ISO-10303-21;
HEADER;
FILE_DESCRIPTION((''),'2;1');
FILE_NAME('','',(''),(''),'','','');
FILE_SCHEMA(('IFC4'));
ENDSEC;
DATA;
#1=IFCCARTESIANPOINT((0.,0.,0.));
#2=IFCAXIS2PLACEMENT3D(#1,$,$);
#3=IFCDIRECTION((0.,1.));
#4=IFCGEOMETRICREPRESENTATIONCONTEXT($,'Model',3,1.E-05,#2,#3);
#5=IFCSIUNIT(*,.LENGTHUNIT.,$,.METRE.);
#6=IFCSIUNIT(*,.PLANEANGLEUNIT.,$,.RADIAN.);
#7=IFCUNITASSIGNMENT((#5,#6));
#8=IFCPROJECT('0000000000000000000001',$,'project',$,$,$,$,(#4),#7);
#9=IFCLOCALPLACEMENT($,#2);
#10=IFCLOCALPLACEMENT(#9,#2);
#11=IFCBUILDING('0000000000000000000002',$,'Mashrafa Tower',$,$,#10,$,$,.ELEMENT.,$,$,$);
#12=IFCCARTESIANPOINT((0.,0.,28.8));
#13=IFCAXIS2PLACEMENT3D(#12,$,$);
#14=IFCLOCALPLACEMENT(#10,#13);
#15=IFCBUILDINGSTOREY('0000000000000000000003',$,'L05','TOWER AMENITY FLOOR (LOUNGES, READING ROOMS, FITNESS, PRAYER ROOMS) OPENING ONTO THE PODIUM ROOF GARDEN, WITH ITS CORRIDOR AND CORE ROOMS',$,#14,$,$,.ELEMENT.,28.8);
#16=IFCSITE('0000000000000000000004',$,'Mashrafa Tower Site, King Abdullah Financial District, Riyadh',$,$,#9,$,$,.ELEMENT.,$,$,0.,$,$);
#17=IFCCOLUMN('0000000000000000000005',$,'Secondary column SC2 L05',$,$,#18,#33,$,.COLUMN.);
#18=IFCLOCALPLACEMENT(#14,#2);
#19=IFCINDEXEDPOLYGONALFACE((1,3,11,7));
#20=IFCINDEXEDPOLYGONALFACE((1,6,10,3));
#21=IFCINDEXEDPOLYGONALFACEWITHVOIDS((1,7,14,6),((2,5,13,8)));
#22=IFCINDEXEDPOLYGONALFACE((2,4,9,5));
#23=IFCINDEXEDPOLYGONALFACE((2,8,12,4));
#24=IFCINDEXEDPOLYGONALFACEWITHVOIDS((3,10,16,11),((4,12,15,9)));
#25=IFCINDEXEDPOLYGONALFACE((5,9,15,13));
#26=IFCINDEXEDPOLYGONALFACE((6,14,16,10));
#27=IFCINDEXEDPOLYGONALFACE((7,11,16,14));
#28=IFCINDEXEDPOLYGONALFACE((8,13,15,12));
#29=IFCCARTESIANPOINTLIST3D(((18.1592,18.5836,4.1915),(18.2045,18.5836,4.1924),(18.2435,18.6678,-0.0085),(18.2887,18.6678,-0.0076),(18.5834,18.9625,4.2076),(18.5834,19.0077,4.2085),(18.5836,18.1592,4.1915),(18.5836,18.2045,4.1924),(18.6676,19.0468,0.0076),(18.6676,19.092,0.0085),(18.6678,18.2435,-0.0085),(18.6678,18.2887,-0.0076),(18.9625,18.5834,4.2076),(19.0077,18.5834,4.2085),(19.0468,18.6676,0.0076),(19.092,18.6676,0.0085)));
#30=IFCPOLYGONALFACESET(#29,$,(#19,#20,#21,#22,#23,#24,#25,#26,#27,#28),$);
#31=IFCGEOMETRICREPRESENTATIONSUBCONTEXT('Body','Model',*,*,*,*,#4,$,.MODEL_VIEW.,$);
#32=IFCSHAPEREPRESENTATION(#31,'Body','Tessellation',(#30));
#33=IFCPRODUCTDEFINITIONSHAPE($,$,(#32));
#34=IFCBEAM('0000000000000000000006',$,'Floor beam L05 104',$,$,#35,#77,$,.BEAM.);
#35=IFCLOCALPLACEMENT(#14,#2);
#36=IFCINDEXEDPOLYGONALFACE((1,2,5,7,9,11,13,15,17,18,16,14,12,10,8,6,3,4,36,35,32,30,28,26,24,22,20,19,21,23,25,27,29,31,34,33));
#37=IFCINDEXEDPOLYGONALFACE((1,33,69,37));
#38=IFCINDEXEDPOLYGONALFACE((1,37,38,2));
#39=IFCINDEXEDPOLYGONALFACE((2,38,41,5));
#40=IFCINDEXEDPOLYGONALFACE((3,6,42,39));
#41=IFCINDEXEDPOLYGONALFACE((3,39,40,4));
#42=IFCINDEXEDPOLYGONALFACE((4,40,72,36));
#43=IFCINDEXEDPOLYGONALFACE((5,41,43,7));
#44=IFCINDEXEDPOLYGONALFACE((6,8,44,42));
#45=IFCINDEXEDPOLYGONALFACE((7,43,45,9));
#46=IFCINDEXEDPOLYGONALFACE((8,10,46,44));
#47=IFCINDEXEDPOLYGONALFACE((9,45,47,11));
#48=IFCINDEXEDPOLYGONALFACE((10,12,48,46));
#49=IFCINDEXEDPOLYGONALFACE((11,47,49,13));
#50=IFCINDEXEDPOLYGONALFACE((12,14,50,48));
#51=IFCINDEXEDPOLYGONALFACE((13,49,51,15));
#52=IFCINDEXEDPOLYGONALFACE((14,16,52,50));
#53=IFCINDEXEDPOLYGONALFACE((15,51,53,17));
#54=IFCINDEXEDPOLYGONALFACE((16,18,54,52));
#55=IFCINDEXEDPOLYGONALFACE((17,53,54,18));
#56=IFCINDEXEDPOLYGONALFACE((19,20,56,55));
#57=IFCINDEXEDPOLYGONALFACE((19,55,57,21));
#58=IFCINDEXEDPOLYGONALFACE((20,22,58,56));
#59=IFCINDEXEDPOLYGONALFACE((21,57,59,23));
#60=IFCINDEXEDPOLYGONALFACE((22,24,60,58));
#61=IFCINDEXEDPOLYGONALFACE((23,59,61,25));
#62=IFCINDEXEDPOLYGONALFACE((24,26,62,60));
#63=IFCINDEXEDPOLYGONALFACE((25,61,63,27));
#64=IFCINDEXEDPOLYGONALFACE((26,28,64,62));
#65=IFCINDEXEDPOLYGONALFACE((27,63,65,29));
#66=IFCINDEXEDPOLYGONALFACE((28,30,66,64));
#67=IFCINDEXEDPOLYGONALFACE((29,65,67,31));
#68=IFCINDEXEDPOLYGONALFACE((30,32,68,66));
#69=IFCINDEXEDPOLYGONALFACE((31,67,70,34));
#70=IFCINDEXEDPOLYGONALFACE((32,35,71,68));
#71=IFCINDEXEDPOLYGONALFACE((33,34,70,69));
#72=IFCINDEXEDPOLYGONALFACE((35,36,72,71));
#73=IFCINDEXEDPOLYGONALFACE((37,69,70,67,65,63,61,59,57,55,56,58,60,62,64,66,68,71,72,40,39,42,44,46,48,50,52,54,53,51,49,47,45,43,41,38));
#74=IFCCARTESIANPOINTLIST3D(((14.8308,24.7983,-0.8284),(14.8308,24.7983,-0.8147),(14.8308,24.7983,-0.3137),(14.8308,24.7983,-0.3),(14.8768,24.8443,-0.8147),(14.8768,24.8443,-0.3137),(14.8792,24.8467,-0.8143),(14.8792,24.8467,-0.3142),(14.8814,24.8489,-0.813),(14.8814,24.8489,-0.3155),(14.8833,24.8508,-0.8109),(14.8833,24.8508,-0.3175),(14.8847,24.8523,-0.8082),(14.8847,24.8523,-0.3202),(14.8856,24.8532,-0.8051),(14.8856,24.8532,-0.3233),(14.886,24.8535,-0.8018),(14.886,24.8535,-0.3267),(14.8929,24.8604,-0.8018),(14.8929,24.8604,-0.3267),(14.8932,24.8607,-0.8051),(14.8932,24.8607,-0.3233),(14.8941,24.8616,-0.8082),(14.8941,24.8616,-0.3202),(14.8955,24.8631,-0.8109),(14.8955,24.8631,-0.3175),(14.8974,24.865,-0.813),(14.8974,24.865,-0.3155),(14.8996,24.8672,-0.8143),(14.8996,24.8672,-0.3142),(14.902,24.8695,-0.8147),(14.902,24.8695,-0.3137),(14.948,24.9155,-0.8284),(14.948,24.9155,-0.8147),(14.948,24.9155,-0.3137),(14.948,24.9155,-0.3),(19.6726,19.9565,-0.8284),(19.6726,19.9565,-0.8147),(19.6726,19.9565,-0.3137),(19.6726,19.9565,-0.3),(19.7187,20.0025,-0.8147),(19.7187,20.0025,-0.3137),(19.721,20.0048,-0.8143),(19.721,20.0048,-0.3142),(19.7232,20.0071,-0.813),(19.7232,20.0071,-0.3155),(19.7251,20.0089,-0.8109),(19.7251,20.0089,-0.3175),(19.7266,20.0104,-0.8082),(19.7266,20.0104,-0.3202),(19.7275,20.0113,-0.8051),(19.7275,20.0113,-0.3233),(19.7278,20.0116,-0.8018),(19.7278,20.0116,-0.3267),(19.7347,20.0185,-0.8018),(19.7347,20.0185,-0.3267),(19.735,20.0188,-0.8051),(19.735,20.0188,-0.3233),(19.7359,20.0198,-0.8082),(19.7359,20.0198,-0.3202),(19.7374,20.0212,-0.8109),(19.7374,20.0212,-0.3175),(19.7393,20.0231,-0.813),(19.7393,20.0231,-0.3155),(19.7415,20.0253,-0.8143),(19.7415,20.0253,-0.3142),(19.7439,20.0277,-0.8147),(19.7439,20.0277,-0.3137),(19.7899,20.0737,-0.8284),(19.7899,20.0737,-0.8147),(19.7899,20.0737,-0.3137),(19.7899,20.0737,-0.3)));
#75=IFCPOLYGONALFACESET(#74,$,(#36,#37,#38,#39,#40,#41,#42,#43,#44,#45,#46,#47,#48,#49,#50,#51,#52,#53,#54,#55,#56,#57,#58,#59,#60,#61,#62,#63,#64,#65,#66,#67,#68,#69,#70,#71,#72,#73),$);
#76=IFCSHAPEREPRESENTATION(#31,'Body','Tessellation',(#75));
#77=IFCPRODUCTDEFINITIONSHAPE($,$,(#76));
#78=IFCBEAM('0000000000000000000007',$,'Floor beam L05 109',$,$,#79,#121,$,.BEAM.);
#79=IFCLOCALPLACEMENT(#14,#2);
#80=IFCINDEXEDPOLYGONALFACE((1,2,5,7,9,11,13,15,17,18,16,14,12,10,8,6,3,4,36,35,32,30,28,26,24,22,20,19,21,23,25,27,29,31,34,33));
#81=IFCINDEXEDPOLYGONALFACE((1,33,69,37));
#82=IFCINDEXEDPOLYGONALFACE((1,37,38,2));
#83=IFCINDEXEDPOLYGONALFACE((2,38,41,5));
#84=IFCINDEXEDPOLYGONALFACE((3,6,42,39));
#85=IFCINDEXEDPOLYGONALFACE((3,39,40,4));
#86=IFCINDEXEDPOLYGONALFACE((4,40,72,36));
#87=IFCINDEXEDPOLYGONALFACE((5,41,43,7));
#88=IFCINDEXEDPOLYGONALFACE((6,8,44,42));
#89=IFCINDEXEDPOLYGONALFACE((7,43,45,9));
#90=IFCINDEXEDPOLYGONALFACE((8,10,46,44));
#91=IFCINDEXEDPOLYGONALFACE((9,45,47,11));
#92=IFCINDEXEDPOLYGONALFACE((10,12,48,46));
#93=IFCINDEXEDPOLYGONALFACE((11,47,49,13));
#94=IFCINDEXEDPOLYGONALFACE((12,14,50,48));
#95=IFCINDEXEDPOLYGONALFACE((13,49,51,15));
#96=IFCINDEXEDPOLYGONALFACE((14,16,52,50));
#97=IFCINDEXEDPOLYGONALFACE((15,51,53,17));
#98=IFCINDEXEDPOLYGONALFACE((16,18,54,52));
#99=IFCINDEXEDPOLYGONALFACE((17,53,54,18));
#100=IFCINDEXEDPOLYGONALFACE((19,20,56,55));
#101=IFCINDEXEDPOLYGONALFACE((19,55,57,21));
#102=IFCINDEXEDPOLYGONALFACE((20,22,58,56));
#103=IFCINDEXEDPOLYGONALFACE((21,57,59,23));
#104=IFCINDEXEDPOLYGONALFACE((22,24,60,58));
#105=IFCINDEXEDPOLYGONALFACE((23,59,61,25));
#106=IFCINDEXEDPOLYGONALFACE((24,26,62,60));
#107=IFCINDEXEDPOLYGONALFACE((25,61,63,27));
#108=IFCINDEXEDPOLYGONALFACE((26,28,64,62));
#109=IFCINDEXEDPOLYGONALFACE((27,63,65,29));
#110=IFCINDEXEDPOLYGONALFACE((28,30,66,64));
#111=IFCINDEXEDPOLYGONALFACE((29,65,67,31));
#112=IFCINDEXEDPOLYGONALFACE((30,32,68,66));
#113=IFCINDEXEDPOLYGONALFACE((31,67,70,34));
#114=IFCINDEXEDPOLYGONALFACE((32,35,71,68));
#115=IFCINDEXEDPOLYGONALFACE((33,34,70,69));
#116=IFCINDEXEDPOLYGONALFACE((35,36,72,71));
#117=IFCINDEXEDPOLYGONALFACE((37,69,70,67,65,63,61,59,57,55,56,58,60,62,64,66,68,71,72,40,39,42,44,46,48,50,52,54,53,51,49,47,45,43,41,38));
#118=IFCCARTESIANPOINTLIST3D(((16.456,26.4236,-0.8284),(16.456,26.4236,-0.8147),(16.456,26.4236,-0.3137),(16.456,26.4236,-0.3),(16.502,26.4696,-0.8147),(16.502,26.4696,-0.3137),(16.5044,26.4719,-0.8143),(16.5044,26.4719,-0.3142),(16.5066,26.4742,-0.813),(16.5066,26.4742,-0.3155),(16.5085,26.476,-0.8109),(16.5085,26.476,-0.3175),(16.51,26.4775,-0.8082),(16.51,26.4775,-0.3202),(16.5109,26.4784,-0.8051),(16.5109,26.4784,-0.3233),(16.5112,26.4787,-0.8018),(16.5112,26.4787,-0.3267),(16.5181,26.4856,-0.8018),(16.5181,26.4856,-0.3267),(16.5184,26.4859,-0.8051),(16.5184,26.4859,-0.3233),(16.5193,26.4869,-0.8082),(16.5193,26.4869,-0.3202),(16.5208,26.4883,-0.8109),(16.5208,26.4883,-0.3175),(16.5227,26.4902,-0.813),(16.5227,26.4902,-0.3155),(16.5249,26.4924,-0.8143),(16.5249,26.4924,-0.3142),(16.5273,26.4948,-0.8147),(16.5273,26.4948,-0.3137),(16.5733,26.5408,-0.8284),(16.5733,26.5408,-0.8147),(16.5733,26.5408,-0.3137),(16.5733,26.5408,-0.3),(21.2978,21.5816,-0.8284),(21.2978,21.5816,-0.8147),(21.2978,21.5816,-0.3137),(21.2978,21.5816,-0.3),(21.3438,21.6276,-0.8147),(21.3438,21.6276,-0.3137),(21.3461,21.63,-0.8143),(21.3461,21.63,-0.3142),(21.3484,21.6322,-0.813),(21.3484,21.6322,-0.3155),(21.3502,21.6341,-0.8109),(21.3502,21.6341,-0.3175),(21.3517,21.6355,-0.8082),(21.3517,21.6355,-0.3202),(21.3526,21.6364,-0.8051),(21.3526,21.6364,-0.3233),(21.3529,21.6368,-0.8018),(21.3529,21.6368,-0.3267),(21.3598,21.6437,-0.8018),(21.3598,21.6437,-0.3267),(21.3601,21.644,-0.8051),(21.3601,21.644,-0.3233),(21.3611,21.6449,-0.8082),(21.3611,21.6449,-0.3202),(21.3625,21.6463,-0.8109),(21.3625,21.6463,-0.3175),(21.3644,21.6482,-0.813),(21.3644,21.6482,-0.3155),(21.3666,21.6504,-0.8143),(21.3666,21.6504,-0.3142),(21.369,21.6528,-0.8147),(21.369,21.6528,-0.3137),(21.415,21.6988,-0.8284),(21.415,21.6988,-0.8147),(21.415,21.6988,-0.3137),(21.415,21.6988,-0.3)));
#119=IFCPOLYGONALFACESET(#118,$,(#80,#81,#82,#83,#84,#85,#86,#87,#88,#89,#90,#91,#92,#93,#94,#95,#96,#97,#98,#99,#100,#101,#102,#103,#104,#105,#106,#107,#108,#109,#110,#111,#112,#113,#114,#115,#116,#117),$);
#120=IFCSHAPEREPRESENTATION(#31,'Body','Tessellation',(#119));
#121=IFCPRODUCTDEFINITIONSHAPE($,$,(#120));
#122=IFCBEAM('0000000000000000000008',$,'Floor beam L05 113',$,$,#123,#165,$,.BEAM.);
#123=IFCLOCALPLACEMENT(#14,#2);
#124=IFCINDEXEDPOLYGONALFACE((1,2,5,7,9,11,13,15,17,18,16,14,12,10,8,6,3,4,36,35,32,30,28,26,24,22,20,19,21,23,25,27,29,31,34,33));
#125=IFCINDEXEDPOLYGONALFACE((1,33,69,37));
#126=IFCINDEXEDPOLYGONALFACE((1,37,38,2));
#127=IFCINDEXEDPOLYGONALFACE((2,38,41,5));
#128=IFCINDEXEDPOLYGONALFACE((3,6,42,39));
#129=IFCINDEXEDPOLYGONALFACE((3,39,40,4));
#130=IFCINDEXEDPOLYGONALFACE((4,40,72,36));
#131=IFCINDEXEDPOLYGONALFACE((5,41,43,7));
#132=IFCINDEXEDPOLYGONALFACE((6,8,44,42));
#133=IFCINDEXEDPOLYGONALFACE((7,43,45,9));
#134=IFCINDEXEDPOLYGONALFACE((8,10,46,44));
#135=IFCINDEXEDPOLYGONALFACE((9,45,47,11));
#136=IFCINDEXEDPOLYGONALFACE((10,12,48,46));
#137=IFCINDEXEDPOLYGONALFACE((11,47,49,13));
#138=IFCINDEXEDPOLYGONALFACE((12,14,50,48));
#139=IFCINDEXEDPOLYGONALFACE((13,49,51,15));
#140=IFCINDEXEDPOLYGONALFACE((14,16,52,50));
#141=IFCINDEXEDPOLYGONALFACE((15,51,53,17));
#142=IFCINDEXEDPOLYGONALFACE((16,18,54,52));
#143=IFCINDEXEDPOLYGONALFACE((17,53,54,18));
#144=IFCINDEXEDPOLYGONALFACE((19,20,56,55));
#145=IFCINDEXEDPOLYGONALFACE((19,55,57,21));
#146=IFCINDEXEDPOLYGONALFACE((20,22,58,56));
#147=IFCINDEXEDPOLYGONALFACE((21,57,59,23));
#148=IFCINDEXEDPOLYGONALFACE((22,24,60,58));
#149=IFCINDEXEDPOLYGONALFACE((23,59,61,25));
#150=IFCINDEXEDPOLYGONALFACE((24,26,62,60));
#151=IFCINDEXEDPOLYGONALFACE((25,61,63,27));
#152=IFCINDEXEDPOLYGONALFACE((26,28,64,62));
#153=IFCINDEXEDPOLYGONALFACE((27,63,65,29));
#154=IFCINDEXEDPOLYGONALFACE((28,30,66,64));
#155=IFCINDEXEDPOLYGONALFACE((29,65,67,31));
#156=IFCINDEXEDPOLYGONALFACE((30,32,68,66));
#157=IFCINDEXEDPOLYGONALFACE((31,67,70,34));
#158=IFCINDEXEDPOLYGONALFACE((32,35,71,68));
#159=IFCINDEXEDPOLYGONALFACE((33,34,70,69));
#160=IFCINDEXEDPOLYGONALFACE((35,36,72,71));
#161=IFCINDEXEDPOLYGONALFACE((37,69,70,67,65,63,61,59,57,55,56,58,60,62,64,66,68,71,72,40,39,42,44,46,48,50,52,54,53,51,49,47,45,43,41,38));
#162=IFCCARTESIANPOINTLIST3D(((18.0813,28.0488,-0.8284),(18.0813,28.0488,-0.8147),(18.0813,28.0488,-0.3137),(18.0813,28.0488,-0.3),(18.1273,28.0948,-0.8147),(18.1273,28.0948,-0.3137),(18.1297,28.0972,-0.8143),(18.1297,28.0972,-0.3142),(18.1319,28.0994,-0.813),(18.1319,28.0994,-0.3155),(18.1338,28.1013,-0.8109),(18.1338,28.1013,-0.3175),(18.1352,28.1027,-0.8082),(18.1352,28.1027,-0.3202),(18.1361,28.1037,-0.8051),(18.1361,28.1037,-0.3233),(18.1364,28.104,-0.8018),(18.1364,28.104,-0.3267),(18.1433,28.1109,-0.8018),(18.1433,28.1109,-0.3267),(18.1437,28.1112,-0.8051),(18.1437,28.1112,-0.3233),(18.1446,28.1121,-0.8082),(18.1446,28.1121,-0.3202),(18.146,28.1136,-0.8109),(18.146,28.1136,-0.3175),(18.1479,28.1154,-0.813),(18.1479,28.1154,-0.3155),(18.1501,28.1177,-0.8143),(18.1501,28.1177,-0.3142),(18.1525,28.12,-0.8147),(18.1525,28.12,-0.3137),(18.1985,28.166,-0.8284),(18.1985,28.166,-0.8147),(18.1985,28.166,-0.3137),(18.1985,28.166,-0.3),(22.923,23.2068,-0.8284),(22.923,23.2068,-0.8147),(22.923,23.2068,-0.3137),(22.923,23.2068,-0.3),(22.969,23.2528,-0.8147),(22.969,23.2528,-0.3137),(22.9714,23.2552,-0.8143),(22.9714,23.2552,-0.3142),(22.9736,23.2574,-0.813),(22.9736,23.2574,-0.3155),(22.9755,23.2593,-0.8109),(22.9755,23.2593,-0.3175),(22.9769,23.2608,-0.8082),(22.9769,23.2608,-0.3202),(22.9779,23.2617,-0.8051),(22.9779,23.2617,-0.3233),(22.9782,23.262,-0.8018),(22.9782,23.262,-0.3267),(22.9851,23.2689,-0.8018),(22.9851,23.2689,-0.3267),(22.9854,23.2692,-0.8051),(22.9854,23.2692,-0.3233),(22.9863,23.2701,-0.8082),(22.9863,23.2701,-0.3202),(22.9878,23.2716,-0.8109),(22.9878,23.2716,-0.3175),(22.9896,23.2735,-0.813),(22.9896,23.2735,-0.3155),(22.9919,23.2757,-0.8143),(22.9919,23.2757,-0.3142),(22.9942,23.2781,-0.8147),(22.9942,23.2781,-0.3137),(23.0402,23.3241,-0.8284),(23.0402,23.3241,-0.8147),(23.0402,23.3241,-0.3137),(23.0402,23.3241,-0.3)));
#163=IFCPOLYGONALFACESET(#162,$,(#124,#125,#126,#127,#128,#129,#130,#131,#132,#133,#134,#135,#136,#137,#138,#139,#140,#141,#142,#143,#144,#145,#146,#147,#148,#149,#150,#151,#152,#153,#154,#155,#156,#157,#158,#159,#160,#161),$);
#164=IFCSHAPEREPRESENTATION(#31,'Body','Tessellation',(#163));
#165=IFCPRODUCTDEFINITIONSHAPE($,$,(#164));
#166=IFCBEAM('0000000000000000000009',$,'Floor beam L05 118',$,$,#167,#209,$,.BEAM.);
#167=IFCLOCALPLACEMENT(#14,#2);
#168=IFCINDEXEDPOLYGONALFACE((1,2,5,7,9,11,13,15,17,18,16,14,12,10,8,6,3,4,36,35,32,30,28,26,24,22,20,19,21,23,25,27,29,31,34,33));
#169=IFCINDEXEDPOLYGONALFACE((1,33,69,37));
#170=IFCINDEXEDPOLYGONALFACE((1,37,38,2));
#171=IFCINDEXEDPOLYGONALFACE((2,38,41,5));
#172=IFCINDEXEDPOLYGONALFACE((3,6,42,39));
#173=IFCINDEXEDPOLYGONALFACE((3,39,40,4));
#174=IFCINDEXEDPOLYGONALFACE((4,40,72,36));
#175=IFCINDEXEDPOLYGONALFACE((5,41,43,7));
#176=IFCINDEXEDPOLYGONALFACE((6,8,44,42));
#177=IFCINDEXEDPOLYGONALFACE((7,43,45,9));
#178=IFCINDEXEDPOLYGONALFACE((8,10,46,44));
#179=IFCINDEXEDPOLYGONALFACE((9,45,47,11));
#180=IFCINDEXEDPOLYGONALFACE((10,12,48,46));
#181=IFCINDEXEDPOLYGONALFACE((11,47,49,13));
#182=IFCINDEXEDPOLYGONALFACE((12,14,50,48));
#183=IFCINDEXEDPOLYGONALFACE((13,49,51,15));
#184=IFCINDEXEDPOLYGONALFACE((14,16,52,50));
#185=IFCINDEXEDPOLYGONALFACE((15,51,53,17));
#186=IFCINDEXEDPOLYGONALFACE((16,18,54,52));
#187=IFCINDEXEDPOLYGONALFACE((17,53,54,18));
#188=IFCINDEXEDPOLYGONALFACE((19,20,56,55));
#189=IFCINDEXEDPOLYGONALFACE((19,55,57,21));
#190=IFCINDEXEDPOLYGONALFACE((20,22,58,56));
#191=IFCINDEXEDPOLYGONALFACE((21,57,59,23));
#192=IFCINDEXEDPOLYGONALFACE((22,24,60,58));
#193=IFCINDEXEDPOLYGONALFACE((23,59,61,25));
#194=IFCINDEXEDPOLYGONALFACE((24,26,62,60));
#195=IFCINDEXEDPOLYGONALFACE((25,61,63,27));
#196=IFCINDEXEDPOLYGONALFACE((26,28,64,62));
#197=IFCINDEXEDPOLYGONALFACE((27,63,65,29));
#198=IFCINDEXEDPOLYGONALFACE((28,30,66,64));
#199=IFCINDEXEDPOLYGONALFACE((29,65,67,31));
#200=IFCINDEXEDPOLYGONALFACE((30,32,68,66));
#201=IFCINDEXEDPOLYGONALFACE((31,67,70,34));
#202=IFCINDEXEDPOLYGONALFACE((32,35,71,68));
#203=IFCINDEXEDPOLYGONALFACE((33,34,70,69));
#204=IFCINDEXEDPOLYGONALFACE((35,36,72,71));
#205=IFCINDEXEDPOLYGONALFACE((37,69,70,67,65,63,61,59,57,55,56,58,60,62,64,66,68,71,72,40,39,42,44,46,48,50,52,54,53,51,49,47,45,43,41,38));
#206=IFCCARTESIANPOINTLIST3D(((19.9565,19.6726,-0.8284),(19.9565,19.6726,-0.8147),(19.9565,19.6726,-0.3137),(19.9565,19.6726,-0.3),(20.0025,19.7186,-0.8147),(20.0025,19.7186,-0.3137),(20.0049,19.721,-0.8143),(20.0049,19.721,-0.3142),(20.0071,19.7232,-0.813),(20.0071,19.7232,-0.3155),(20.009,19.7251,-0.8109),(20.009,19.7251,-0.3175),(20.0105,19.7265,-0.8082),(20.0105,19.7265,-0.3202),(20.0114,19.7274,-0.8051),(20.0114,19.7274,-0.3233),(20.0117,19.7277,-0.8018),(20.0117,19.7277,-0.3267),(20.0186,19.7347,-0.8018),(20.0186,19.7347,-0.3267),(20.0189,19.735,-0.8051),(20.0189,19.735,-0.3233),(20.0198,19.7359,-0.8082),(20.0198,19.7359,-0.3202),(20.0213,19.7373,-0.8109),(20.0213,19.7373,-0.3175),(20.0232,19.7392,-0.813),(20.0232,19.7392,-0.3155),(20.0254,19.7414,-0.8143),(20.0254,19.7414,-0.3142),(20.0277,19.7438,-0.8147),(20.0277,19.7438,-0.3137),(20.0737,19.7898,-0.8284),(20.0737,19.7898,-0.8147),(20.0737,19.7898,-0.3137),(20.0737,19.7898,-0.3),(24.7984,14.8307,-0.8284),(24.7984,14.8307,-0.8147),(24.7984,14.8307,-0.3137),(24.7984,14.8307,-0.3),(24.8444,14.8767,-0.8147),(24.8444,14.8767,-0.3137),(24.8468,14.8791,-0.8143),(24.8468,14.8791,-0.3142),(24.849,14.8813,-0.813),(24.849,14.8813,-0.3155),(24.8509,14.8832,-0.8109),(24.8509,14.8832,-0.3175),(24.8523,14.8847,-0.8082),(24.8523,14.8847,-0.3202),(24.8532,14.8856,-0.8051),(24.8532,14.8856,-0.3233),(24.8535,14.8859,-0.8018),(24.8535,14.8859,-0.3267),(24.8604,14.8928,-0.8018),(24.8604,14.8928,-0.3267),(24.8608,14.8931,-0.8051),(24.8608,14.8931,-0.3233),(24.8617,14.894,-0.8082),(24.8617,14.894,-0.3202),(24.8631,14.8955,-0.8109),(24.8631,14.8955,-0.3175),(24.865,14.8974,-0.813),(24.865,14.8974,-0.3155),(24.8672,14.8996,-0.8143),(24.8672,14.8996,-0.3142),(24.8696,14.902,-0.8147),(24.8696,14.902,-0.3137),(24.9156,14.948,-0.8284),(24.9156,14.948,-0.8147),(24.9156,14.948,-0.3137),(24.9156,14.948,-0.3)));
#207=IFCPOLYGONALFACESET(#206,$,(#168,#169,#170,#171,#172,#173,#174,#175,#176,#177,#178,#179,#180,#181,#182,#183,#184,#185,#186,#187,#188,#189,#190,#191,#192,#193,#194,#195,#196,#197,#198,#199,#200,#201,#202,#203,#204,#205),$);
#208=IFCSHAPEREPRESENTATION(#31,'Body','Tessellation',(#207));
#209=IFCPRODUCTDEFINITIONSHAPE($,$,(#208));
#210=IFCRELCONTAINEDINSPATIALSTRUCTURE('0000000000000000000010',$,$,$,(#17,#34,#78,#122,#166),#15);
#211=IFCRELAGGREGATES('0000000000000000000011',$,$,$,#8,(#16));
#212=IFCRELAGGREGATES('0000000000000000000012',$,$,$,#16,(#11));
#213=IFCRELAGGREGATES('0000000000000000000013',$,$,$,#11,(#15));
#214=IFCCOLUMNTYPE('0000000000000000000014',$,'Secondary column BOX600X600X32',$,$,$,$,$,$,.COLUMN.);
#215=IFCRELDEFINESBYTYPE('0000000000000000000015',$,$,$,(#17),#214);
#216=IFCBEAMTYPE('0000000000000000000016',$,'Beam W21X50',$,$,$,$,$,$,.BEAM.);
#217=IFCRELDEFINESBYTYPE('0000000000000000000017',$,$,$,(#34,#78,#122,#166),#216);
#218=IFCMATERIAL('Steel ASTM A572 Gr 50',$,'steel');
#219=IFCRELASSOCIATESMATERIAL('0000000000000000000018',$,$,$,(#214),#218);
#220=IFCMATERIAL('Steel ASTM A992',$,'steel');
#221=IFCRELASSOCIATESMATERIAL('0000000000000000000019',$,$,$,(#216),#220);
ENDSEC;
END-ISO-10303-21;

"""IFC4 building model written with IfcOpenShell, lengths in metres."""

from ifc_helpers import new_model, si_unit, direction, frame, origin, origin_2d, place, context, subcontext, project, spatial, hollow_rectangle, i_section, extrude, material, material_profile, profile_set, type_object, element, save


model = new_model("IFC4")

# Units and contexts
model_context = context("Model", 3, precision=1e-05, world=origin(), true_north=direction((0.0, 1.0)))
body_context = subcontext(model_context, "Body", "Model", "MODEL_VIEW")
ifc_project = project(units=[si_unit("LENGTHUNIT", "METRE"), si_unit("PLANEANGLEUNIT", "RADIAN")], contexts=[model_context])

# Site, building, storey
site_placement = place(None, origin())
site = spatial("IfcSite", under=ifc_project, at=site_placement, Name="Mashrafa Tower Site, King Abdullah Financial District, Riyadh", CompositionType="ELEMENT", RefElevation=0.0)
building_placement = place(site_placement, origin())
building = spatial("IfcBuilding", under=site, at=building_placement, Name="Mashrafa Tower", CompositionType="ELEMENT")
storey_placement = place(building_placement, frame((0.0, 0.0, 28.8)))
storey = spatial("IfcBuildingStorey", under=building, at=storey_placement, Name="L05", Description="TOWER AMENITY FLOOR (LOUNGES, READING ROOMS, FITNESS, PRAYER ROOMS) OPENING ONTO THE PODIUM ROOF GARDEN, WITH ITS CORRIDOR AND CORE ROOMS", CompositionType="ELEMENT", Elevation=28.8)

# Column
ifc_material_1 = material(Name="Steel ASTM A572 Gr 50", Category="steel")
ifc_material_profile_1 = material_profile(ifc_material_1, hollow_rectangle(XDim=0.6001, YDim=0.6001, WallThickness=0.032, at=origin_2d()), Name="BOX600X600X32")
ifc_profile_set_1 = profile_set([ifc_material_profile_1], Name="Steel ASTM A572 Gr 50")
column_type = type_object("IfcColumnType", Name="Secondary column BOX600X600X32", PredefinedType="COLUMN", material=ifc_profile_set_1)
column_placement = place(storey_placement, frame((18.6677, 18.6677, 0.0), z_axis=(-0.020047, -0.020047, 0.999598), x_axis=(0.707107, -0.707107, 0.0)))
element("IfcColumn", 1, at=column_placement, inside=storey, type_object=column_type, Name="Secondary column SC2 L05", PredefinedType="COLUMN", context=body_context, shape_type="SweptSolid", body=[
    extrude(hollow_rectangle(XDim=0.6001, YDim=0.6001, WallThickness=0.032, at=origin_2d()), origin(), (0.0, 0.0, 1.0), 4.2017),
])

# Beams
ifc_material_2 = material(Name="Steel ASTM A992", Category="steel")
ifc_material_profile_2 = material_profile(ifc_material_2, i_section(OverallWidth=0.1658, OverallDepth=0.5283, WebThickness=0.0098, FlangeThickness=0.0137, FilletRadius=0.0129, at=origin_2d()), Name="W21X50")
ifc_profile_set_2 = profile_set([ifc_material_profile_2], Name="Steel ASTM A992")
beam_type_1 = type_object("IfcBeamType", Name="Beam W21X50", PredefinedType="BEAM", material=ifc_profile_set_2)
for number, where, z_axis, x_axis, name in (
    (2, (14.8894, 24.8569, -0.5642), (0.707107, -0.707107, 0.0), (0.707107, 0.707107, 0.0), "Floor beam L05 104"),
    (3, (16.5146, 26.4822, -0.5642), (0.707089, -0.707125, 0.0), (0.707125, 0.707089, 0.0), "Floor beam L05 109"),
    (4, (18.1399, 28.1074, -0.5642), (0.707089, -0.707125, 0.0), (0.707125, 0.707089, 0.0), "Floor beam L05 113"),
    (5, (20.0151, 19.7312, -0.5642), (0.707107, -0.707107, 0.0), (0.707107, 0.707107, 0.0), "Floor beam L05 118"),
):
    element("IfcBeam", number, at=place(storey_placement, frame(where, z_axis=z_axis, x_axis=x_axis)), inside=storey, type_object=beam_type_1, Name=name, PredefinedType="BEAM", context=body_context, shape_type="SweptSolid", body=[
        extrude(i_section(OverallWidth=0.1658, OverallDepth=0.5283, WebThickness=0.0098, FlangeThickness=0.0137, FilletRadius=0.0129, at=origin_2d()), origin(), (0.0, 0.0, 1.0), 6.8474),
    ])

save(model, "model.ifc")
